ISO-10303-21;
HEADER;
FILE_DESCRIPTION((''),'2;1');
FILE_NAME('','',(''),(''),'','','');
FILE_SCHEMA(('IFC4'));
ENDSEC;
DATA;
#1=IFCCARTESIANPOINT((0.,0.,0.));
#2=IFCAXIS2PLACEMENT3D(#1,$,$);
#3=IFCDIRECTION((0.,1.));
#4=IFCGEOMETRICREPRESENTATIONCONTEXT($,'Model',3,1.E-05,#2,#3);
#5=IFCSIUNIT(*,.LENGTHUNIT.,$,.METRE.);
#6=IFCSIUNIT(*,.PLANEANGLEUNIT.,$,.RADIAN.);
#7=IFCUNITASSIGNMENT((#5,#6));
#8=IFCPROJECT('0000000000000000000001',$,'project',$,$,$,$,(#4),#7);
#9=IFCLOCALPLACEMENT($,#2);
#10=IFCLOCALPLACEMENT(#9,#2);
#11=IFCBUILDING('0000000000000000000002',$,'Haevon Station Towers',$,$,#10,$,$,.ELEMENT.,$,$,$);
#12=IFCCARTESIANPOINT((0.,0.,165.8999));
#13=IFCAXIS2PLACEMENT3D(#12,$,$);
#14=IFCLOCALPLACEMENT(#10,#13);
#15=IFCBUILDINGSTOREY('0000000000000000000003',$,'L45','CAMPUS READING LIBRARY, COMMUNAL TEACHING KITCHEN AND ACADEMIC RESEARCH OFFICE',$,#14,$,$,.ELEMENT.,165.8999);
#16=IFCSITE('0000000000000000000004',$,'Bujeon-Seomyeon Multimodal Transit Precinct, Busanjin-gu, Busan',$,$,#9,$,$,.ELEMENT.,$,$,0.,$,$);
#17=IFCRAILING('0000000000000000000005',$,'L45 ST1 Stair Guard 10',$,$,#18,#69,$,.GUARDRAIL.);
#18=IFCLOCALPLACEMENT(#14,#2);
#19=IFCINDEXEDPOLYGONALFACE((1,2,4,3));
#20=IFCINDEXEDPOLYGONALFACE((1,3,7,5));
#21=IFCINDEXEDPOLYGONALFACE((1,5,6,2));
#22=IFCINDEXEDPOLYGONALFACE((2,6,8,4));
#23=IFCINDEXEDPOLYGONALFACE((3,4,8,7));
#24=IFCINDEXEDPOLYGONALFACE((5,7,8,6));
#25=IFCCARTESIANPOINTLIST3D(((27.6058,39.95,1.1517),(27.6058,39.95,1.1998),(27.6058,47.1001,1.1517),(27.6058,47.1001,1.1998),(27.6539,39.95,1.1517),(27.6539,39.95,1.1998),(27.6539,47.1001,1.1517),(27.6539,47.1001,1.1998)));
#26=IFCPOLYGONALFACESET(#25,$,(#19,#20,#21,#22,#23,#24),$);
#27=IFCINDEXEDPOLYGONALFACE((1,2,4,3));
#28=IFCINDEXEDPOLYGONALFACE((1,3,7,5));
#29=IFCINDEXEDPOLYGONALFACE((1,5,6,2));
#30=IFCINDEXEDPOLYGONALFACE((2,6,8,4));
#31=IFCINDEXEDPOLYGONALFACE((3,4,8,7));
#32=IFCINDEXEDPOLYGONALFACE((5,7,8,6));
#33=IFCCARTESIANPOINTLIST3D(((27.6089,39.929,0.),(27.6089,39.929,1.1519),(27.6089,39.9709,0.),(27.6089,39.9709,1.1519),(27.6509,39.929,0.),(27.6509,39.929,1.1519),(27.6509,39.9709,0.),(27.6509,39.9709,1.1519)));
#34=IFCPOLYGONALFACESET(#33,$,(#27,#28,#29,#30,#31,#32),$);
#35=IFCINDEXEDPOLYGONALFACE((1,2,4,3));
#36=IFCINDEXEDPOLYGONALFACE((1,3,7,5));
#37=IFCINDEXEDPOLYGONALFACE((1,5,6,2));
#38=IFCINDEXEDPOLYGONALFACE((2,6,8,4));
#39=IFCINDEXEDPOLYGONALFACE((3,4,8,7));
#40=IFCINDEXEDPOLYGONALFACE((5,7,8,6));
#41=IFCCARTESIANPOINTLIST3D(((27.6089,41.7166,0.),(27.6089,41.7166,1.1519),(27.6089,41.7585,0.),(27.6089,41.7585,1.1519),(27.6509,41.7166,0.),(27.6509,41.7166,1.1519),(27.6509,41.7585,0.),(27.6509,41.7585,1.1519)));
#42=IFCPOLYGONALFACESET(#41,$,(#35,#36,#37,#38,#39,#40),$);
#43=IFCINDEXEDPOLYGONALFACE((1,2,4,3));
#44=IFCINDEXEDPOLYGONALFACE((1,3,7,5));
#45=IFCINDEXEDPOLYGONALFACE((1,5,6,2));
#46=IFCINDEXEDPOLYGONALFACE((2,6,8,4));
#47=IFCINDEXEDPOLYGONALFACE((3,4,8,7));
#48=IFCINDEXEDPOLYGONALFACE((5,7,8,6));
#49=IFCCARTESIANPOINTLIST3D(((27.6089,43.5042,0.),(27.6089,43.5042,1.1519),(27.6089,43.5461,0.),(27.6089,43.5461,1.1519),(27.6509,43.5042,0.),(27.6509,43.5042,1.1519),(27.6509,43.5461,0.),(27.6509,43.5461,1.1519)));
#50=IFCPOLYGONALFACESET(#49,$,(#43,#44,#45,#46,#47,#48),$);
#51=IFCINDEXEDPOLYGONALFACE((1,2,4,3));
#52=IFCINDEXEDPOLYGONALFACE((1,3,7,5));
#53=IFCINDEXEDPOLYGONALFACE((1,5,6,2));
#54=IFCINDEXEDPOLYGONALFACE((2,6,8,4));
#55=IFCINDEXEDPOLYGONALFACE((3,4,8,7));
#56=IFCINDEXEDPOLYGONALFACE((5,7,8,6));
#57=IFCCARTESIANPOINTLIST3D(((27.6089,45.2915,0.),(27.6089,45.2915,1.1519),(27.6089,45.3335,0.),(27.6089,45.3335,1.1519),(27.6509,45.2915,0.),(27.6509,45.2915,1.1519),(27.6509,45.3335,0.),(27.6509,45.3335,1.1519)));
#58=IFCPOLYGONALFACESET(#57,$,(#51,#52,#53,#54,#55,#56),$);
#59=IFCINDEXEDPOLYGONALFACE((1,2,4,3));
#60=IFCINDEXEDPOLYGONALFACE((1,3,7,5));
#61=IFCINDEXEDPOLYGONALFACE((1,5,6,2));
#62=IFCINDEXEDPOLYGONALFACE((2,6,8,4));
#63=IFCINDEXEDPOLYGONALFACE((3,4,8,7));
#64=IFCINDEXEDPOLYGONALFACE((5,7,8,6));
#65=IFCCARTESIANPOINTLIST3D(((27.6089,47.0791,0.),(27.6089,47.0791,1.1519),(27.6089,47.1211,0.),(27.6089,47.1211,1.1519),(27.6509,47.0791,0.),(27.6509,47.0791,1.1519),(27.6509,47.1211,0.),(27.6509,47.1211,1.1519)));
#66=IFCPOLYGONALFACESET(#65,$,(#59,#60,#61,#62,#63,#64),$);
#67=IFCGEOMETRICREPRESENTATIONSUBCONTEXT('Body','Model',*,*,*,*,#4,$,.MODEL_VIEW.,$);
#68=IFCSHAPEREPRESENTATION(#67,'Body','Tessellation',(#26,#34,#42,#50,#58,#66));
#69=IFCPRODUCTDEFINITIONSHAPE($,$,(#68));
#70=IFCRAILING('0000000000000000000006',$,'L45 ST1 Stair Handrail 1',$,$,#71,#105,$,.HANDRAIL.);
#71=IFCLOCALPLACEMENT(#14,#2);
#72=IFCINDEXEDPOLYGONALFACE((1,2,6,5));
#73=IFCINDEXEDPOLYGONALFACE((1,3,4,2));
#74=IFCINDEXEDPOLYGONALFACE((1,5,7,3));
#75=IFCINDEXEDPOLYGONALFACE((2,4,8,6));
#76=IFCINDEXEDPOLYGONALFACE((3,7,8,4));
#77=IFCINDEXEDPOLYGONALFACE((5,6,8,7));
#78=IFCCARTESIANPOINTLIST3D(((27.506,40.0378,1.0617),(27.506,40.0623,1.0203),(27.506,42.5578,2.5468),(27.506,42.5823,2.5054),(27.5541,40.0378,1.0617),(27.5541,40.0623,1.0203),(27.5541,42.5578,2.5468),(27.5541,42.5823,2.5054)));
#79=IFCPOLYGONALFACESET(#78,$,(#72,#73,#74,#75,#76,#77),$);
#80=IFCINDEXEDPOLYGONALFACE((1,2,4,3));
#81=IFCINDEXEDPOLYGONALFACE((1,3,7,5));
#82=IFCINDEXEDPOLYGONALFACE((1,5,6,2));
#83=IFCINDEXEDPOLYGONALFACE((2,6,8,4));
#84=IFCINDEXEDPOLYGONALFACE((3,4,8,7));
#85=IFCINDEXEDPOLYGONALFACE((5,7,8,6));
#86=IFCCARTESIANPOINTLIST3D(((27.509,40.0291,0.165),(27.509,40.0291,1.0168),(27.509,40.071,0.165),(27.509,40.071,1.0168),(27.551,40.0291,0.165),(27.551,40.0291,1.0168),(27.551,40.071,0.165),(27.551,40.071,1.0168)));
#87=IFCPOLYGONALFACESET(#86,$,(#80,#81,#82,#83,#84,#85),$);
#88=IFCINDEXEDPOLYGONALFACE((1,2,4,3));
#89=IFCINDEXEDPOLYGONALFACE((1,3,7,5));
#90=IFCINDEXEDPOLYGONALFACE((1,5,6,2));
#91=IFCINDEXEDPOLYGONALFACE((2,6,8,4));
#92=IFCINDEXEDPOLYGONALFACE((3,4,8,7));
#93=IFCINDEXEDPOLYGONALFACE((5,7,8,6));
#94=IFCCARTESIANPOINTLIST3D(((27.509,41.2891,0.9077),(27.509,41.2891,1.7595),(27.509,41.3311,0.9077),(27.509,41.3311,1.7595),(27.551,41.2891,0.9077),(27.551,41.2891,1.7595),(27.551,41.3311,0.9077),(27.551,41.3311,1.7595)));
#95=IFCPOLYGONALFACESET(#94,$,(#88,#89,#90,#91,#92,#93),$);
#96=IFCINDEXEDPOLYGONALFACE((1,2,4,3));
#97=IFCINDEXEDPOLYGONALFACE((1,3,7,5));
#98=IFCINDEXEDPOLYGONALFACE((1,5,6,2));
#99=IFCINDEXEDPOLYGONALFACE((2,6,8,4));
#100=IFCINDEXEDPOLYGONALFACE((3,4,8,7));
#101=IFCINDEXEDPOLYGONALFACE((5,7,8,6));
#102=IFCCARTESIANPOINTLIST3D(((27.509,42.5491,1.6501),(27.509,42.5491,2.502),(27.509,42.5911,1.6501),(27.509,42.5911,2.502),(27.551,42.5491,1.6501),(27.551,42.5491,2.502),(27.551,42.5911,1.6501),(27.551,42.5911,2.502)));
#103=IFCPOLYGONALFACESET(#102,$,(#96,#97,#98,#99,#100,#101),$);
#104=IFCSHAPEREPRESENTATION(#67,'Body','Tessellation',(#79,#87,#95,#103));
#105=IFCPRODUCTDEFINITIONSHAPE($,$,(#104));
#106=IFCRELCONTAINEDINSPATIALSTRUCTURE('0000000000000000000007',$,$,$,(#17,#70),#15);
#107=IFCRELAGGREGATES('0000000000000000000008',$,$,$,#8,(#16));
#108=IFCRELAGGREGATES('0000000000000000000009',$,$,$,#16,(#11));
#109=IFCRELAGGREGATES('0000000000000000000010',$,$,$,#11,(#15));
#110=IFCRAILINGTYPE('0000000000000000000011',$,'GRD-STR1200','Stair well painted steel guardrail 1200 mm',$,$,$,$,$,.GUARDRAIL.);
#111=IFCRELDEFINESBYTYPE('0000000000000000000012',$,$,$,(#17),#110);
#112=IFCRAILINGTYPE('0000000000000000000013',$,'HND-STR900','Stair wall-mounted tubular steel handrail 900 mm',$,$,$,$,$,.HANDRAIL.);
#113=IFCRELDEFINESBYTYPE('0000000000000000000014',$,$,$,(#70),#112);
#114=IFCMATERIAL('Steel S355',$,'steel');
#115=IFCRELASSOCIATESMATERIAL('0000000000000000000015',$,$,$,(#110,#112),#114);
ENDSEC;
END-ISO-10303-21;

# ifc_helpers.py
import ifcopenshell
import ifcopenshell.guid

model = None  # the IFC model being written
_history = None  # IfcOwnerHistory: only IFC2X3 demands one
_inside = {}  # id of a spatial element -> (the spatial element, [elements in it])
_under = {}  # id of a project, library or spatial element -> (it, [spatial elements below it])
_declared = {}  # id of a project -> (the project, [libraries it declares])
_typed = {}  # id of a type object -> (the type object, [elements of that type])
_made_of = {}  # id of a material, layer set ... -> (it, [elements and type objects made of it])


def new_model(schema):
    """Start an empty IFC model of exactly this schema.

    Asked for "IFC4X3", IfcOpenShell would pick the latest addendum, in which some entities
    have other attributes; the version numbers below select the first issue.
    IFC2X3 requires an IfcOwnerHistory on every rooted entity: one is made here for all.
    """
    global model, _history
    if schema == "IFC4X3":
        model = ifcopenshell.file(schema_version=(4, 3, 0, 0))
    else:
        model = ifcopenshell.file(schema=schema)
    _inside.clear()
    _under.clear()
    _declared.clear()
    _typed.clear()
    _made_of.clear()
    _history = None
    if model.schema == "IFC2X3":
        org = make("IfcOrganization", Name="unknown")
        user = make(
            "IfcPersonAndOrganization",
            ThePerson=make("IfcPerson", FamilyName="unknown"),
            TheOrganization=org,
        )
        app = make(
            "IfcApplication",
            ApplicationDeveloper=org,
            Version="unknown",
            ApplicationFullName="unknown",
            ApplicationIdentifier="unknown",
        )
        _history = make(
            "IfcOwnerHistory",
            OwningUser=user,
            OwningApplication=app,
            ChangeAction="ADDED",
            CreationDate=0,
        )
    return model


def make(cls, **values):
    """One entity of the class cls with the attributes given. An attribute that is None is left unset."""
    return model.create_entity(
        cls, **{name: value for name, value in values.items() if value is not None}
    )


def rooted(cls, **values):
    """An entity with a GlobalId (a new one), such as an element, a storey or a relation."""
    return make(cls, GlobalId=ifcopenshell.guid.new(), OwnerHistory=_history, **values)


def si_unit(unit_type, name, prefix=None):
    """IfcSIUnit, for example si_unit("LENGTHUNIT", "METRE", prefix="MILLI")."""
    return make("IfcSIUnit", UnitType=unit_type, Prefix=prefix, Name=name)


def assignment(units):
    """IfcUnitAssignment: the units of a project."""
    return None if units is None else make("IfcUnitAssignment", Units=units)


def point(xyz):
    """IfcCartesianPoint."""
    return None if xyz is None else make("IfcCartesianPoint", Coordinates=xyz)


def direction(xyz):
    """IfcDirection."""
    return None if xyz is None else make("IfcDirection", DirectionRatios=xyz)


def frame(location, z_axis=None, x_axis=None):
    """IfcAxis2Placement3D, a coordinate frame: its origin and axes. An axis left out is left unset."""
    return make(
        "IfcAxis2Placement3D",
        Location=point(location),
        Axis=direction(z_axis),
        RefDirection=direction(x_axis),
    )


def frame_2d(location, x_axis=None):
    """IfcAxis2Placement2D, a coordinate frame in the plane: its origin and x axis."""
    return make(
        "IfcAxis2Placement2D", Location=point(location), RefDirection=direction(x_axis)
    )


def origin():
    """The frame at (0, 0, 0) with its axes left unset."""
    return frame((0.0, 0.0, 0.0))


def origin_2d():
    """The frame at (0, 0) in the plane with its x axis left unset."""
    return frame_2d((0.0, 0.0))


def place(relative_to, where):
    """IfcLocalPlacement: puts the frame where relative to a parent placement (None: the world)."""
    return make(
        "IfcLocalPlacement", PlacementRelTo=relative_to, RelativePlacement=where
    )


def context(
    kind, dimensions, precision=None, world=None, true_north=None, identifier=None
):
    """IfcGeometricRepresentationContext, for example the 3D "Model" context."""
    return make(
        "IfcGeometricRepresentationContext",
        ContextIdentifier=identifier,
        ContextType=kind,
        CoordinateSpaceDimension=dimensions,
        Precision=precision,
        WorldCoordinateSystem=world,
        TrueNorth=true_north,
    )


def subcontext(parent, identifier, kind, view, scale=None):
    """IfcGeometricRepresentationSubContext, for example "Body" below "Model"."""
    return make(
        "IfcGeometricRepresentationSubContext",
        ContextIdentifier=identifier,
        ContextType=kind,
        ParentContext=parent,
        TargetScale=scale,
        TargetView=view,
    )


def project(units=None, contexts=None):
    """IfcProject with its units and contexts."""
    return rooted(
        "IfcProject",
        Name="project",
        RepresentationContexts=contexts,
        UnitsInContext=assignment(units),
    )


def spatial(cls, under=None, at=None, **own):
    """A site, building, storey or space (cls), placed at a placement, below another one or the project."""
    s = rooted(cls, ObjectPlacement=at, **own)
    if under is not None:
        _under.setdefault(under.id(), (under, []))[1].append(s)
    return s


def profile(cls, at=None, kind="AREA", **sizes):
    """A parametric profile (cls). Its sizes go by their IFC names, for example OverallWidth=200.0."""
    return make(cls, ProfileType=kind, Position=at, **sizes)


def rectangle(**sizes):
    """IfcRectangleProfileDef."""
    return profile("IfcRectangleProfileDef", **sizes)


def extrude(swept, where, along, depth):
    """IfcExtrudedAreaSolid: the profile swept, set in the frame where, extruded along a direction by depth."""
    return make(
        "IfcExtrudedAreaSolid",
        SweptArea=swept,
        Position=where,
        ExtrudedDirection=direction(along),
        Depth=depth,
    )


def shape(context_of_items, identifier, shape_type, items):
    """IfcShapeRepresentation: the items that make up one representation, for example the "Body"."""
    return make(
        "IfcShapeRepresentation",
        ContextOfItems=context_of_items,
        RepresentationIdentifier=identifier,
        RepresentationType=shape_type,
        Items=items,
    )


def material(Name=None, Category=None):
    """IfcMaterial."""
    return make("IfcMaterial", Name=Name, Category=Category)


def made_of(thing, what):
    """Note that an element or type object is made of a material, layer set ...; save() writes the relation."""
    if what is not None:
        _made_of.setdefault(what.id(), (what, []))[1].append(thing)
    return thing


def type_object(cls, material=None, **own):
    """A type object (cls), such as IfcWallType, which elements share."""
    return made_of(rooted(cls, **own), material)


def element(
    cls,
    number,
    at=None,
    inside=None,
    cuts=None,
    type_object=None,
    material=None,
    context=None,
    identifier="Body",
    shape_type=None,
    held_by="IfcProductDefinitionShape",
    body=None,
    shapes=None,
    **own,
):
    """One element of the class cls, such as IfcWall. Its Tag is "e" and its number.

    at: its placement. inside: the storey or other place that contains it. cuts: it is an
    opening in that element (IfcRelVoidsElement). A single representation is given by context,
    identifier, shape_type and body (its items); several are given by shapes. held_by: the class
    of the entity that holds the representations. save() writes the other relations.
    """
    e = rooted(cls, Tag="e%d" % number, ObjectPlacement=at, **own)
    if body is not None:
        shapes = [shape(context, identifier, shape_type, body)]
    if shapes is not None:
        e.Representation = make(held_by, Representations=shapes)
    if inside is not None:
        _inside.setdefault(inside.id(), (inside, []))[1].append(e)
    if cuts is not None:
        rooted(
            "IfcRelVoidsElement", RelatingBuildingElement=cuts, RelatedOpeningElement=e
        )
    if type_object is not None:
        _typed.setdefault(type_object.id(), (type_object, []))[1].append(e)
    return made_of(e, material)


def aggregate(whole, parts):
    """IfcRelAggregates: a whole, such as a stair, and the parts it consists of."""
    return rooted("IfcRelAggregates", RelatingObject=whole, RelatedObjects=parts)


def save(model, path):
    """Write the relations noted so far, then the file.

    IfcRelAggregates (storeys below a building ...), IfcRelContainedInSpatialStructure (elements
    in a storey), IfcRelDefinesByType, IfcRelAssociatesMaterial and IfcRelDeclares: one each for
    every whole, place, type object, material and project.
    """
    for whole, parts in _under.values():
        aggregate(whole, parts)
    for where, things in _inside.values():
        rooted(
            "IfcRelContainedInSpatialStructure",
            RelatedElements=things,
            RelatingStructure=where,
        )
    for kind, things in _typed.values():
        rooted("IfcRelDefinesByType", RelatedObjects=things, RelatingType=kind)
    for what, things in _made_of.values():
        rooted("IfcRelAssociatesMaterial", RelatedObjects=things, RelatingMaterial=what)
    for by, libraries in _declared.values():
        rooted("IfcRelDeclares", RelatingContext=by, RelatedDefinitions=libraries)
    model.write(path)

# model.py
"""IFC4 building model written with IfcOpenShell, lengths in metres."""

from ifc_helpers import new_model, si_unit, direction, frame, origin, origin_2d, place, context, subcontext, project, spatial, rectangle, extrude, material, type_object, element, save


model = new_model("IFC4")

# Units and contexts
model_context = context("Model", 3, precision=1e-05, world=origin(), true_north=direction((0.0, 1.0)))
body_context = subcontext(model_context, "Body", "Model", "MODEL_VIEW")
ifc_project = project(units=[si_unit("LENGTHUNIT", "METRE"), si_unit("PLANEANGLEUNIT", "RADIAN")], contexts=[model_context])

# Site, building, storey
site_placement = place(None, origin())
site = spatial("IfcSite", under=ifc_project, at=site_placement, Name="Bujeon-Seomyeon Multimodal Transit Precinct, Busanjin-gu, Busan", CompositionType="ELEMENT", RefElevation=0.0)
building_placement = place(site_placement, origin())
building = spatial("IfcBuilding", under=site, at=building_placement, Name="Haevon Station Towers", CompositionType="ELEMENT")
storey_placement = place(building_placement, frame((0.0, 0.0, 165.8999)))
storey = spatial("IfcBuildingStorey", under=building, at=storey_placement, Name="L45", Description="CAMPUS READING LIBRARY, COMMUNAL TEACHING KITCHEN AND ACADEMIC RESEARCH OFFICE", CompositionType="ELEMENT", Elevation=165.8999)

# Shared definitions
ifc_material_1 = material(Name="Steel S355", Category="steel")

# Railings
railing_type_1 = type_object("IfcRailingType", Name="GRD-STR1200", Description="Stair well painted steel guardrail 1200 mm", PredefinedType="GUARDRAIL", material=ifc_material_1)
railing_1_placement = place(storey_placement, frame((27.6299, 39.95, 0.0)))
element("IfcRailing", 1, at=railing_1_placement, inside=storey, type_object=railing_type_1, Name="L45 ST1 Stair Guard 10", PredefinedType="GUARDRAIL", context=body_context, shape_type="SweptSolid", body=[
    extrude(rectangle(XDim=0.0481, YDim=0.0481, at=origin_2d()), frame((0.0, 0.0, 1.1758), z_axis=(0.0, 1.0, 0.0), x_axis=(-1.0, 0.0, 0.0)), (0.0, 0.0, 1.0), 7.1501),
    extrude(rectangle(XDim=0.042, YDim=0.042, at=origin_2d()), origin(), (0.0, 0.0, 1.0), 1.1519),
    extrude(rectangle(XDim=0.042, YDim=0.042, at=origin_2d()), frame((0.0, 1.7876, 0.0)), (0.0, 0.0, 1.0), 1.1519),
    extrude(rectangle(XDim=0.042, YDim=0.042, at=origin_2d()), frame((0.0, 3.5752, 0.0)), (0.0, 0.0, 1.0), 1.1519),
    extrude(rectangle(XDim=0.042, YDim=0.042, at=origin_2d()), frame((0.0, 5.3625, 0.0)), (0.0, 0.0, 1.0), 1.1519),
    extrude(rectangle(XDim=0.042, YDim=0.042, at=origin_2d()), frame((0.0, 7.1501, 0.0)), (0.0, 0.0, 1.0), 1.1519),
])
railing_type_2 = type_object("IfcRailingType", Name="HND-STR900", Description="Stair wall-mounted tubular steel handrail 900 mm", PredefinedType="HANDRAIL", material=ifc_material_1)
railing_2_placement = place(storey_placement, frame((27.53, 40.05, 0.165)))
element("IfcRailing", 2, at=railing_2_placement, inside=storey, type_object=railing_type_2, Name="L45 ST1 Stair Handrail 1", PredefinedType="HANDRAIL", context=body_context, shape_type="SweptSolid", body=[
    extrude(rectangle(XDim=0.0481, YDim=0.0481, at=origin_2d()), frame((0.0, 0.0, 0.876), z_axis=(0.0, 0.861524, 0.507717), x_axis=(-1.0, 0.0, 0.0)), (0.0, 0.0, 1.0), 2.925),
    extrude(rectangle(XDim=0.042, YDim=0.042, at=origin_2d()), origin(), (0.0, 0.0, 1.0), 0.8518),
    extrude(rectangle(XDim=0.042, YDim=0.042, at=origin_2d()), frame((0.0, 1.26, 0.7427)), (0.0, 0.0, 1.0), 0.8518),
    extrude(rectangle(XDim=0.042, YDim=0.042, at=origin_2d()), frame((0.0, 2.52, 1.4851)), (0.0, 0.0, 1.0), 0.8518),
])

save(model, "model.ifc")
